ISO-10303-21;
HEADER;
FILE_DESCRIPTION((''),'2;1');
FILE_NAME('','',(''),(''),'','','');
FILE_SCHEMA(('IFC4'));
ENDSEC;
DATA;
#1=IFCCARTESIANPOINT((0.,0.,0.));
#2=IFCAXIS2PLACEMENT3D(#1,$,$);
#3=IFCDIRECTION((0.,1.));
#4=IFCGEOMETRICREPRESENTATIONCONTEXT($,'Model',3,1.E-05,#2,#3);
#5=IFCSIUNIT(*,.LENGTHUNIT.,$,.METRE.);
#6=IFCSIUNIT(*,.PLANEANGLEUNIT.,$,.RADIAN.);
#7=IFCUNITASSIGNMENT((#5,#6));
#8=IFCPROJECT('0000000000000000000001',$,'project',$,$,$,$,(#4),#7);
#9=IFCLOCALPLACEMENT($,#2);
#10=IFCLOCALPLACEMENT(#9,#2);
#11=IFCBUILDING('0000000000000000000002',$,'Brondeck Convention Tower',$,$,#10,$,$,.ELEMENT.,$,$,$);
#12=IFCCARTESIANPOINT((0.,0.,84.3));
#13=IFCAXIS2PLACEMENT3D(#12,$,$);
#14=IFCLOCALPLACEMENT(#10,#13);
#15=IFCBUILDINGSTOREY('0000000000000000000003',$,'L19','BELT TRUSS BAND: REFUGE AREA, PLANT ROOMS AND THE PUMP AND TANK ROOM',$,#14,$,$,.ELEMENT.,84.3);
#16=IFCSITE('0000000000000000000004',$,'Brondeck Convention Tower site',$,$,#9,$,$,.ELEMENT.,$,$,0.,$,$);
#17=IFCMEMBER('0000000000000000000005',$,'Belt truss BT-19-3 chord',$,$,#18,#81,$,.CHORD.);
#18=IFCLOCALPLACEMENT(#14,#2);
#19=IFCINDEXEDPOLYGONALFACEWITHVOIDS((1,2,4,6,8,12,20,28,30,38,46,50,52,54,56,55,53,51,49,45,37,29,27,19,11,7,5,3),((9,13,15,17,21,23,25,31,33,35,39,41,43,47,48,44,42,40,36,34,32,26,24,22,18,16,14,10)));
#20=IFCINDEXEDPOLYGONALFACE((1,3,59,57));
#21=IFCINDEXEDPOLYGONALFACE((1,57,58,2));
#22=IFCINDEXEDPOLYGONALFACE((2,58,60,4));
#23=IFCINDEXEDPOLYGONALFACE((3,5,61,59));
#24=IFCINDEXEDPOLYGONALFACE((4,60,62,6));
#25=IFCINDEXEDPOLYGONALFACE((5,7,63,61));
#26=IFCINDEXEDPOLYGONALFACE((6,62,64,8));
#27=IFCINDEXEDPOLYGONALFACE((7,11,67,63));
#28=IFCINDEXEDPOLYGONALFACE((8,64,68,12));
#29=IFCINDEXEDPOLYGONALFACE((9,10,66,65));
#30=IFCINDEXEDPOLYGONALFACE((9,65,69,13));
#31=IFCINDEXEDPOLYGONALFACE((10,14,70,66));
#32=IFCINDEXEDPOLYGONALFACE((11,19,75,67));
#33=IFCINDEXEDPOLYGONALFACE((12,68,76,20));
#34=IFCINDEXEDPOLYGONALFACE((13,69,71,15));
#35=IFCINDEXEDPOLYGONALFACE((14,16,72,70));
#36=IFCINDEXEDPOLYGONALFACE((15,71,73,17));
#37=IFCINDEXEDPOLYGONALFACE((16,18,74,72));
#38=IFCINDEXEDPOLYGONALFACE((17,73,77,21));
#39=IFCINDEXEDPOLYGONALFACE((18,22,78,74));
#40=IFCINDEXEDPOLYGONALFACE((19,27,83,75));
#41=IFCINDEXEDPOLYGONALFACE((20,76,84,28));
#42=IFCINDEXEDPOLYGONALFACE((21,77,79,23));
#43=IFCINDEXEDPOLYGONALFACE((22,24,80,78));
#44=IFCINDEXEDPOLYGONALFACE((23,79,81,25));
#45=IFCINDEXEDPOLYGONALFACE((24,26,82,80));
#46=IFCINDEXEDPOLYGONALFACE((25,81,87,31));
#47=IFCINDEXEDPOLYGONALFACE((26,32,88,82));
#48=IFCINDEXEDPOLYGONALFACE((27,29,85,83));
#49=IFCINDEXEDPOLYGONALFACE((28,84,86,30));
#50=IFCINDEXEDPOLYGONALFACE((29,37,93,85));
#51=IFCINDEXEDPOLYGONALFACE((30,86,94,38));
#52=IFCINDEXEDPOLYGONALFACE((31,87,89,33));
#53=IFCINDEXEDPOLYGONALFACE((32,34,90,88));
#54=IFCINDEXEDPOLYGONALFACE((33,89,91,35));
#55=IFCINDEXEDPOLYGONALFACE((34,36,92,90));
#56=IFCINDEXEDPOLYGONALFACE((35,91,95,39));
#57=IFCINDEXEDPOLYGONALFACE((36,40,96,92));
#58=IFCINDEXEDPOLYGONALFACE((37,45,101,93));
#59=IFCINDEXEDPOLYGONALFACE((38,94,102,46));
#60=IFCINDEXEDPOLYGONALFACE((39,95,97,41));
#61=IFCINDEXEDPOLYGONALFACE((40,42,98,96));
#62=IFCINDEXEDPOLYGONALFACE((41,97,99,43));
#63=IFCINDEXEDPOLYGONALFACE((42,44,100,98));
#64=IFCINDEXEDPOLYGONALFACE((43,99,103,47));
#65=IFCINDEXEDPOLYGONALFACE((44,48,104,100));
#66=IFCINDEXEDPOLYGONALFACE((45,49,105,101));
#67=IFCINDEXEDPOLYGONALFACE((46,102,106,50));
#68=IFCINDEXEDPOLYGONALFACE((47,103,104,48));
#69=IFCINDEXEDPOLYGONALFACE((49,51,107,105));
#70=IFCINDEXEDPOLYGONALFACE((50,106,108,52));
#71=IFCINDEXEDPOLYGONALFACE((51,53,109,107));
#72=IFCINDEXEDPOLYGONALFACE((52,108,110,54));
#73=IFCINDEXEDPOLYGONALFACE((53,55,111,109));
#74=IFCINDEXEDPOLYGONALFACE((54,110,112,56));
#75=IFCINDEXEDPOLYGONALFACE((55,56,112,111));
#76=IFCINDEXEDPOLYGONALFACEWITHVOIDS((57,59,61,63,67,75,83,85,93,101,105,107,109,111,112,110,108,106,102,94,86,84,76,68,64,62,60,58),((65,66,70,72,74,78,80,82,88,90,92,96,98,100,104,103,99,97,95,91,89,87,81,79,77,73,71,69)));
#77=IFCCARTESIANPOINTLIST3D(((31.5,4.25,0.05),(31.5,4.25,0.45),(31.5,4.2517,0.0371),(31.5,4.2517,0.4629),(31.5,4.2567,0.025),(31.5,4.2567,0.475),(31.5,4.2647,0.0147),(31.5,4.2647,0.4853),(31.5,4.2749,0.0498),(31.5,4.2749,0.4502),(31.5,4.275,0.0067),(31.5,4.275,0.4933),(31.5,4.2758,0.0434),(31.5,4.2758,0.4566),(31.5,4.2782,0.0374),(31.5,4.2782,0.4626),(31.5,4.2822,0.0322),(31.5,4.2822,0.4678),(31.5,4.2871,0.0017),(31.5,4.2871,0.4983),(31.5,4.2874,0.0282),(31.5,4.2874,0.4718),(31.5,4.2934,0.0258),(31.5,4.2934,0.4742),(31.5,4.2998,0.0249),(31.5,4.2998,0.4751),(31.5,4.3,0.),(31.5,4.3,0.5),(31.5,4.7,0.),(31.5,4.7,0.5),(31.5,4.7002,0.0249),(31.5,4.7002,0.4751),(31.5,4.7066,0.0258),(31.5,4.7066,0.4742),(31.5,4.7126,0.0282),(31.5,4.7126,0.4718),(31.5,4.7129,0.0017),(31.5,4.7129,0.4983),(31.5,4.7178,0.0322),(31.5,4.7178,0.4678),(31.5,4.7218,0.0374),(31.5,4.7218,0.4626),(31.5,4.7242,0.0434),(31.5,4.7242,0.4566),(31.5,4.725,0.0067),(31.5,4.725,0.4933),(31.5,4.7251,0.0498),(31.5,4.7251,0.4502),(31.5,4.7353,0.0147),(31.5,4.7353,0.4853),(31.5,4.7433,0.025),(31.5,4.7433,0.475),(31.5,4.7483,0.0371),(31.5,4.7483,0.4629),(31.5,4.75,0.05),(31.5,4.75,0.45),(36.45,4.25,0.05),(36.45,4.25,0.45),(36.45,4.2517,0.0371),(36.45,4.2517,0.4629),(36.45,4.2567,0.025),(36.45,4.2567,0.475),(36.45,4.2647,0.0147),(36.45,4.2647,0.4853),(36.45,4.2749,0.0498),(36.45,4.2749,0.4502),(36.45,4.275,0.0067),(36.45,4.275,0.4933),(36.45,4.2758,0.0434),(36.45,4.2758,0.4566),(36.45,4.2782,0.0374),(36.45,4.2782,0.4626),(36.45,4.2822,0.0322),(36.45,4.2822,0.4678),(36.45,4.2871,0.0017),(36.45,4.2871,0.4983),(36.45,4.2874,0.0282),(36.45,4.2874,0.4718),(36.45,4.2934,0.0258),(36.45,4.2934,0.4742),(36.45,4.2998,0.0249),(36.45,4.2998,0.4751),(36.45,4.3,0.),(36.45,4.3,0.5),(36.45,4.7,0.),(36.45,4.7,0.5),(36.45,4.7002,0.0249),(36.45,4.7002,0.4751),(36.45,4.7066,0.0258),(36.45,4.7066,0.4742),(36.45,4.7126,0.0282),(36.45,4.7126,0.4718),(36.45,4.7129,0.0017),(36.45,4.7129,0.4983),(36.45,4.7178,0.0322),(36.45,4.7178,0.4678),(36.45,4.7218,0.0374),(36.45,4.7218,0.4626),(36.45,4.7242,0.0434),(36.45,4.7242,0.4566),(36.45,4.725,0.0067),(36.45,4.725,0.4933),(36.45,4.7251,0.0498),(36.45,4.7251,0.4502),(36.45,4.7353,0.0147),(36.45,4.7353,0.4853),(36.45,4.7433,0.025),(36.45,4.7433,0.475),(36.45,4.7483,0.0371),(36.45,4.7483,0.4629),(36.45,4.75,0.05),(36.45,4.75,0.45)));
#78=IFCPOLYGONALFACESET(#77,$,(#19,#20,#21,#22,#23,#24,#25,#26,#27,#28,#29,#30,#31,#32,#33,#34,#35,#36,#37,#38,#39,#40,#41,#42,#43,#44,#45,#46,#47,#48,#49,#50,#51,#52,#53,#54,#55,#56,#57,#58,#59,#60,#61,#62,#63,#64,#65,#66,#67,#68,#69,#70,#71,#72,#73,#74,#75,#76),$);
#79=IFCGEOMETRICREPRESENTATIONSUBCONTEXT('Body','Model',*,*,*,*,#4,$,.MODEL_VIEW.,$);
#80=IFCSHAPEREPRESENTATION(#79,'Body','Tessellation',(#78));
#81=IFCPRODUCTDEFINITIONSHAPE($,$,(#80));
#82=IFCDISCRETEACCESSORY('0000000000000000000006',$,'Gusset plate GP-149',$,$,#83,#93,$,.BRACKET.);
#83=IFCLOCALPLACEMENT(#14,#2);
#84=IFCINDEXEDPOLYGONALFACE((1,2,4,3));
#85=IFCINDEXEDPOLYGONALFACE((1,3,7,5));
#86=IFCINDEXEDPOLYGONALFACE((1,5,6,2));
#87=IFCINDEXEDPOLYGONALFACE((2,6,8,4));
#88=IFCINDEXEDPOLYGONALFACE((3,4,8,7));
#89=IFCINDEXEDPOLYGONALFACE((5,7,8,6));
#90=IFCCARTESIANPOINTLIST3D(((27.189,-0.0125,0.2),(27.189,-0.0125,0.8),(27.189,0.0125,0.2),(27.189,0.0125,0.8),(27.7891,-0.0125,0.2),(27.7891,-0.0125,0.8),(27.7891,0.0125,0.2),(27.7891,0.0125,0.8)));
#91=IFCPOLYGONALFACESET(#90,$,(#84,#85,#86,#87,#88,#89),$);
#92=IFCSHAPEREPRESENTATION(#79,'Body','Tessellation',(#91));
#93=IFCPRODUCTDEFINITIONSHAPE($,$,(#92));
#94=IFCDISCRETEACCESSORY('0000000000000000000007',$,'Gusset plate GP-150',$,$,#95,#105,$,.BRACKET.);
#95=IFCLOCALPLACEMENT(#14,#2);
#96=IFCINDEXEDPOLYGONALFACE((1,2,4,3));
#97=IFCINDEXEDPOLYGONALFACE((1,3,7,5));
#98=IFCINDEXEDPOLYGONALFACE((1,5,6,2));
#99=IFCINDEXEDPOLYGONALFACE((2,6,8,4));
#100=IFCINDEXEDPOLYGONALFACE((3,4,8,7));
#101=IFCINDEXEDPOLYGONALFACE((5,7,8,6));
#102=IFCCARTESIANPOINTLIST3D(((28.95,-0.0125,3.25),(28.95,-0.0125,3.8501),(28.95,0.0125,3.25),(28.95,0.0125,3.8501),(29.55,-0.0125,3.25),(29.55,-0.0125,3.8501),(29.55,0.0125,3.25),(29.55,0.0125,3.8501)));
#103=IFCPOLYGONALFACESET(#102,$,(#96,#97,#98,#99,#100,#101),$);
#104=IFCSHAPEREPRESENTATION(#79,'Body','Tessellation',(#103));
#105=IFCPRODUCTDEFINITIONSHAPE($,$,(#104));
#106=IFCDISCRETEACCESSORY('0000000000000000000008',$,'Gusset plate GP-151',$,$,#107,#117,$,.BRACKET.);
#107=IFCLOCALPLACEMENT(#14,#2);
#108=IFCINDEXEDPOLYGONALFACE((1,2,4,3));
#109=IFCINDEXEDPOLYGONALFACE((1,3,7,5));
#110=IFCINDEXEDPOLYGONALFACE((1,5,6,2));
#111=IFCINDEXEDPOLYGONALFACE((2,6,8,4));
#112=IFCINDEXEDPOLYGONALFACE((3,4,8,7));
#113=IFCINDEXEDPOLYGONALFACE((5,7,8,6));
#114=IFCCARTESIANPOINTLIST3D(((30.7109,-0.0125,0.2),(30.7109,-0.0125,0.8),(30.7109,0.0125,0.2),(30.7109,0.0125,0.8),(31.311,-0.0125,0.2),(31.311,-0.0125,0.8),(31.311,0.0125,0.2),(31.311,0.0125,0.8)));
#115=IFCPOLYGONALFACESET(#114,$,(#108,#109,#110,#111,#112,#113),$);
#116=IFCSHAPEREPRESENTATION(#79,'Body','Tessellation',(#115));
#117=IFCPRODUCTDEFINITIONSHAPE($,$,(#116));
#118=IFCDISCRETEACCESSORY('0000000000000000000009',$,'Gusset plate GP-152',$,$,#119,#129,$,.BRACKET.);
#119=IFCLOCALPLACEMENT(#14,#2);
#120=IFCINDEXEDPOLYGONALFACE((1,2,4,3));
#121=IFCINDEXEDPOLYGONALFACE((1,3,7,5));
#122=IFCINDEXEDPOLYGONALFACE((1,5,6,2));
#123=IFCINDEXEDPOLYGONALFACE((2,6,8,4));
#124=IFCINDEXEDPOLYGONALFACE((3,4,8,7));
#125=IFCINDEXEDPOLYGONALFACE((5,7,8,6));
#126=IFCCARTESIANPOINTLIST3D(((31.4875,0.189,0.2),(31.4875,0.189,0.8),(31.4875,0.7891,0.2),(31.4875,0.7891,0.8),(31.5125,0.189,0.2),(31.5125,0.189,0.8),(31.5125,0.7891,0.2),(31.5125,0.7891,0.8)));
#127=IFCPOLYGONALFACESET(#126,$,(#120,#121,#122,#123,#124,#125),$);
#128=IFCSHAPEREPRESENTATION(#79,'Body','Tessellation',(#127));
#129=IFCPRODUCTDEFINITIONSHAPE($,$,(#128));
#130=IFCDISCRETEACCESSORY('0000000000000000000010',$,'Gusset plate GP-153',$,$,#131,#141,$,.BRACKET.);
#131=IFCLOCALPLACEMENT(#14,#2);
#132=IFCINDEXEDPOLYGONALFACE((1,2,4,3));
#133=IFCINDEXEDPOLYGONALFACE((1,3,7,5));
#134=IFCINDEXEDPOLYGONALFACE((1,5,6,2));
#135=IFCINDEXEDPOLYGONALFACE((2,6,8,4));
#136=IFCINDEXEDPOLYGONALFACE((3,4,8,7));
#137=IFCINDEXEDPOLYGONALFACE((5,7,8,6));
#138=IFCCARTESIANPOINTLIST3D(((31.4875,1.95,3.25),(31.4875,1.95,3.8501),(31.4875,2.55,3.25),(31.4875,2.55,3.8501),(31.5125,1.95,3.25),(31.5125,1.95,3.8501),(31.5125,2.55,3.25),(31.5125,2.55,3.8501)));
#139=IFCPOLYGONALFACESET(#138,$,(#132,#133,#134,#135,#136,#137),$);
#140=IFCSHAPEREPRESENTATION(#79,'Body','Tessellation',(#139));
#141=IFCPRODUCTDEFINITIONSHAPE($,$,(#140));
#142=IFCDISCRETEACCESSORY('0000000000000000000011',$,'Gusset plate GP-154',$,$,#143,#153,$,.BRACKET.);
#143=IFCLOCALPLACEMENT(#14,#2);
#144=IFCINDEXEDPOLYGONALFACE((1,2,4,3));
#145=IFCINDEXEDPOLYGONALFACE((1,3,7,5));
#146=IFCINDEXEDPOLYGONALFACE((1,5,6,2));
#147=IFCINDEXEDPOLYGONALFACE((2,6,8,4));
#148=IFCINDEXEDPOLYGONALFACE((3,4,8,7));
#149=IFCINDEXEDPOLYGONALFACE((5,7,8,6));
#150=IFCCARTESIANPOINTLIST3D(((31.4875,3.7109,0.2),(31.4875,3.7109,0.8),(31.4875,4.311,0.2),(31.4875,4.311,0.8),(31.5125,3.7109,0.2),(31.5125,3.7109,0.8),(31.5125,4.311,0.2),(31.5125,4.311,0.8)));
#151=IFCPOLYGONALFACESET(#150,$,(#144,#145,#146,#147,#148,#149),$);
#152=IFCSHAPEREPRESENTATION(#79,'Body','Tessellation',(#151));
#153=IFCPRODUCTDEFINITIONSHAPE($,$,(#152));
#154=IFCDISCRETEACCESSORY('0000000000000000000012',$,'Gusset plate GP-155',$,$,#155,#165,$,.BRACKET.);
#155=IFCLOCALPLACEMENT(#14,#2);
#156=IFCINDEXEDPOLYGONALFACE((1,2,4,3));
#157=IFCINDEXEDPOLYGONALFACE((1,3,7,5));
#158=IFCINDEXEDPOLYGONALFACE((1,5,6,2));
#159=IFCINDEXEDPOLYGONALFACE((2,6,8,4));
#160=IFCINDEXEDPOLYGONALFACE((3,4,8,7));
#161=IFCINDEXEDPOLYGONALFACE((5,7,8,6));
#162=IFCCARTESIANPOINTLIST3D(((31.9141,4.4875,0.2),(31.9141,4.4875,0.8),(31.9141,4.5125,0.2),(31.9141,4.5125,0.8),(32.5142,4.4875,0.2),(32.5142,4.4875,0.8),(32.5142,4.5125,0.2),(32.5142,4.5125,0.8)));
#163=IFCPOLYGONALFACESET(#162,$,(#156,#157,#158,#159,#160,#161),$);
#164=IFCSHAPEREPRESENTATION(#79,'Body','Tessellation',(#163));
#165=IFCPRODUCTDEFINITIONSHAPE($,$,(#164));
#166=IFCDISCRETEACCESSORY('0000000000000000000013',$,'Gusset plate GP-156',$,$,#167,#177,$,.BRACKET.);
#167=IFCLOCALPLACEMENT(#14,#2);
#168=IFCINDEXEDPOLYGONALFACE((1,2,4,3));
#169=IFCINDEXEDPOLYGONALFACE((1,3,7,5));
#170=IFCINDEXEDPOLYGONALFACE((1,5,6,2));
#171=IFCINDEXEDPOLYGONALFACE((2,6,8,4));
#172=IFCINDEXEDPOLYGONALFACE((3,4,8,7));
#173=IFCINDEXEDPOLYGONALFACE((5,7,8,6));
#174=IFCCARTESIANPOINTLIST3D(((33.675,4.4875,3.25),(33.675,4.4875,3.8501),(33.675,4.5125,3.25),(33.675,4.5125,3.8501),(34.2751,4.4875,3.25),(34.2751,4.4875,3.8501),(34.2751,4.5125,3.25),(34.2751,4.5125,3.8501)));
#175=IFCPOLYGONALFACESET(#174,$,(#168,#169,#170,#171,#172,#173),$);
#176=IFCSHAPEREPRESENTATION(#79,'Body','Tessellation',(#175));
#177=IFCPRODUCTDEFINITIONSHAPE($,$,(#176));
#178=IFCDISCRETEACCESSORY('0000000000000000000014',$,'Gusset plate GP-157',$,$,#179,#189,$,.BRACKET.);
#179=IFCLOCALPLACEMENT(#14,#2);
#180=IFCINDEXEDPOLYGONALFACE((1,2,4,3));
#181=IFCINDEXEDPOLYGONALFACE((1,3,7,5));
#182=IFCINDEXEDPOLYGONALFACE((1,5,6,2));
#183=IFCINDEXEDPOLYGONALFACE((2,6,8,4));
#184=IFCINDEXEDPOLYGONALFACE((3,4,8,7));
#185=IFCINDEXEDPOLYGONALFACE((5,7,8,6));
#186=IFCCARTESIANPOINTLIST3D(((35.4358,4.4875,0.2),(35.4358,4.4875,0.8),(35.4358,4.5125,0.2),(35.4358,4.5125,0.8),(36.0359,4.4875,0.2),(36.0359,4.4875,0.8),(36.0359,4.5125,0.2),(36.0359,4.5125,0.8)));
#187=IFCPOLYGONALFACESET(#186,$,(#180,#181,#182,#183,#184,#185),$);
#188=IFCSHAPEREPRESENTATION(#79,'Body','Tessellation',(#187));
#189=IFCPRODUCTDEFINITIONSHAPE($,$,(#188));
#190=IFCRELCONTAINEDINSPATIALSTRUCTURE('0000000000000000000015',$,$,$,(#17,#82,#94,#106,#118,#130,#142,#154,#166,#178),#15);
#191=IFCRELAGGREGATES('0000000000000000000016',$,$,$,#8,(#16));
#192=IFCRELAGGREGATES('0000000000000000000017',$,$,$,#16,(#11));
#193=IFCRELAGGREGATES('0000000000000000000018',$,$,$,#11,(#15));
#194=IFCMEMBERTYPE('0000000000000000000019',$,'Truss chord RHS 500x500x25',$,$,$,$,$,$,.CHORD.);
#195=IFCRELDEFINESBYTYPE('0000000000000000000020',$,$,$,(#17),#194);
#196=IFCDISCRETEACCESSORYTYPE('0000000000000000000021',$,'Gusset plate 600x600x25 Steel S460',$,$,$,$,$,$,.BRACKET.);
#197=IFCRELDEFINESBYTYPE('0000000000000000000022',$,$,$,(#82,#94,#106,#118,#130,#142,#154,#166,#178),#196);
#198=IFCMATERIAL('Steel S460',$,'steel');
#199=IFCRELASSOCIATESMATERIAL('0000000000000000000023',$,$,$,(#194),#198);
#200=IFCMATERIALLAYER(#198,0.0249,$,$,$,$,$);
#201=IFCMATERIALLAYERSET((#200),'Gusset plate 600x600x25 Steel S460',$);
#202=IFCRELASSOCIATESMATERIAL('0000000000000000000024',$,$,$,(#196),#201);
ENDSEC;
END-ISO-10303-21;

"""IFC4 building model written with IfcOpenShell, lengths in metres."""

from ifc_helpers import new_model, si_unit, direction, frame, origin, origin_2d, place, context, subcontext, project, spatial, rectangle, hollow_rectangle, extrude, material, layer, layer_set, material_profile, profile_set, type_object, element, save


model = new_model("IFC4")

# Units and contexts
model_context = context("Model", 3, precision=1e-05, world=origin(), true_north=direction((0.0, 1.0)))
body_context = subcontext(model_context, "Body", "Model", "MODEL_VIEW")
ifc_project = project(units=[si_unit("LENGTHUNIT", "METRE"), si_unit("PLANEANGLEUNIT", "RADIAN")], contexts=[model_context])

# Site, building, storey
site_placement = place(None, origin())
site = spatial("IfcSite", under=ifc_project, at=site_placement, Name="Brondeck Convention Tower site", CompositionType="ELEMENT", RefElevation=0.0)
building_placement = place(site_placement, origin())
building = spatial("IfcBuilding", under=site, at=building_placement, Name="Brondeck Convention Tower", CompositionType="ELEMENT")
storey_placement = place(building_placement, frame((0.0, 0.0, 84.3)))
storey = spatial("IfcBuildingStorey", under=building, at=storey_placement, Name="L19", Description="BELT TRUSS BAND: REFUGE AREA, PLANT ROOMS AND THE PUMP AND TANK ROOM", CompositionType="ELEMENT", Elevation=84.3)

# Shared definitions
ifc_material_1 = material(Name="Steel S460", Category="steel")

# Member
ifc_material_profile_1 = material_profile(ifc_material_1, hollow_rectangle(XDim=0.5, YDim=0.5, WallThickness=0.0249, InnerFilletRadius=0.0249, OuterFilletRadius=0.05, at=origin_2d()), Name="RHS 500x500x25")
ifc_profile_set_1 = profile_set([ifc_material_profile_1], Name="Steel S460")
member_type_1 = type_object("IfcMemberType", Name="Truss chord RHS 500x500x25", PredefinedType="CHORD", material=ifc_profile_set_1)
member_1_placement = place(storey_placement, frame((31.5, 4.5, 0.25), z_axis=(1.0, 0.0, 0.0), x_axis=(0.0, 1.0, 0.0)))
element("IfcMember", 1, at=member_1_placement, inside=storey, type_object=member_type_1, Name="Belt truss BT-19-3 chord", PredefinedType="CHORD", context=body_context, shape_type="SweptSolid", body=[
    extrude(hollow_rectangle(XDim=0.5, YDim=0.5, WallThickness=0.0249, InnerFilletRadius=0.0249, OuterFilletRadius=0.05, at=origin_2d()), origin(), (0.0, 0.0, 1.0), 4.95),
])

# Discrete accessories
ifc_layer = layer(ifc_material_1, 0.0249)
ifc_layer_set = layer_set([ifc_layer], Name="Gusset plate 600x600x25 Steel S460")
discrete_accessory_type = type_object("IfcDiscreteAccessoryType", Name="Gusset plate 600x600x25 Steel S460", PredefinedType="BRACKET", material=ifc_layer_set)
for number, where, z_axis, x_axis, name in (
    (2, (27.489, 0.0, 0.2), (0.0, 0.0, 1.0), (1.0, 0.0, 0.0), "Gusset plate GP-149"),
    (3, (29.25, 0.0, 3.25), (0.0, 0.0, 1.0), (1.0, 0.0, 0.0), "Gusset plate GP-150"),
    (4, (31.011, 0.0, 0.2), (0.0, 0.0, 1.0), (1.0, 0.0, 0.0), "Gusset plate GP-151"),
    (5, (31.5, 0.489, 0.2), (0.0, 0.0, 1.0), (0.0, 1.0, 0.0), "Gusset plate GP-152"),
    (6, (31.5, 2.25, 3.25), (0.0, 0.0, 1.0), (0.0, 1.0, 0.0), "Gusset plate GP-153"),
    (7, (31.5, 4.011, 0.2), (0.0, 0.0, 1.0), (0.0, 1.0, 0.0), "Gusset plate GP-154"),
    (8, (32.2141, 4.5, 0.2), (0.0, 0.0, 1.0), (1.0, 0.0, 0.0), "Gusset plate GP-155"),
    (9, (33.9751, 4.5, 3.25), (0.0, 0.0, 1.0), (1.0, 0.0, 0.0), "Gusset plate GP-156"),
    (10, (35.7358, 4.5, 0.2), (0.0, 0.0, 1.0), (1.0, 0.0, 0.0), "Gusset plate GP-157"),
):
    element("IfcDiscreteAccessory", number, at=place(storey_placement, frame(where, z_axis=z_axis, x_axis=x_axis)), inside=storey, type_object=discrete_accessory_type, Name=name, PredefinedType="BRACKET", context=body_context, shape_type="SweptSolid", body=[
        extrude(rectangle(XDim=0.6001, YDim=0.0249, at=origin_2d()), origin(), (0.0, 0.0, 1.0), 0.6001),
    ])

save(model, "model.ifc")
